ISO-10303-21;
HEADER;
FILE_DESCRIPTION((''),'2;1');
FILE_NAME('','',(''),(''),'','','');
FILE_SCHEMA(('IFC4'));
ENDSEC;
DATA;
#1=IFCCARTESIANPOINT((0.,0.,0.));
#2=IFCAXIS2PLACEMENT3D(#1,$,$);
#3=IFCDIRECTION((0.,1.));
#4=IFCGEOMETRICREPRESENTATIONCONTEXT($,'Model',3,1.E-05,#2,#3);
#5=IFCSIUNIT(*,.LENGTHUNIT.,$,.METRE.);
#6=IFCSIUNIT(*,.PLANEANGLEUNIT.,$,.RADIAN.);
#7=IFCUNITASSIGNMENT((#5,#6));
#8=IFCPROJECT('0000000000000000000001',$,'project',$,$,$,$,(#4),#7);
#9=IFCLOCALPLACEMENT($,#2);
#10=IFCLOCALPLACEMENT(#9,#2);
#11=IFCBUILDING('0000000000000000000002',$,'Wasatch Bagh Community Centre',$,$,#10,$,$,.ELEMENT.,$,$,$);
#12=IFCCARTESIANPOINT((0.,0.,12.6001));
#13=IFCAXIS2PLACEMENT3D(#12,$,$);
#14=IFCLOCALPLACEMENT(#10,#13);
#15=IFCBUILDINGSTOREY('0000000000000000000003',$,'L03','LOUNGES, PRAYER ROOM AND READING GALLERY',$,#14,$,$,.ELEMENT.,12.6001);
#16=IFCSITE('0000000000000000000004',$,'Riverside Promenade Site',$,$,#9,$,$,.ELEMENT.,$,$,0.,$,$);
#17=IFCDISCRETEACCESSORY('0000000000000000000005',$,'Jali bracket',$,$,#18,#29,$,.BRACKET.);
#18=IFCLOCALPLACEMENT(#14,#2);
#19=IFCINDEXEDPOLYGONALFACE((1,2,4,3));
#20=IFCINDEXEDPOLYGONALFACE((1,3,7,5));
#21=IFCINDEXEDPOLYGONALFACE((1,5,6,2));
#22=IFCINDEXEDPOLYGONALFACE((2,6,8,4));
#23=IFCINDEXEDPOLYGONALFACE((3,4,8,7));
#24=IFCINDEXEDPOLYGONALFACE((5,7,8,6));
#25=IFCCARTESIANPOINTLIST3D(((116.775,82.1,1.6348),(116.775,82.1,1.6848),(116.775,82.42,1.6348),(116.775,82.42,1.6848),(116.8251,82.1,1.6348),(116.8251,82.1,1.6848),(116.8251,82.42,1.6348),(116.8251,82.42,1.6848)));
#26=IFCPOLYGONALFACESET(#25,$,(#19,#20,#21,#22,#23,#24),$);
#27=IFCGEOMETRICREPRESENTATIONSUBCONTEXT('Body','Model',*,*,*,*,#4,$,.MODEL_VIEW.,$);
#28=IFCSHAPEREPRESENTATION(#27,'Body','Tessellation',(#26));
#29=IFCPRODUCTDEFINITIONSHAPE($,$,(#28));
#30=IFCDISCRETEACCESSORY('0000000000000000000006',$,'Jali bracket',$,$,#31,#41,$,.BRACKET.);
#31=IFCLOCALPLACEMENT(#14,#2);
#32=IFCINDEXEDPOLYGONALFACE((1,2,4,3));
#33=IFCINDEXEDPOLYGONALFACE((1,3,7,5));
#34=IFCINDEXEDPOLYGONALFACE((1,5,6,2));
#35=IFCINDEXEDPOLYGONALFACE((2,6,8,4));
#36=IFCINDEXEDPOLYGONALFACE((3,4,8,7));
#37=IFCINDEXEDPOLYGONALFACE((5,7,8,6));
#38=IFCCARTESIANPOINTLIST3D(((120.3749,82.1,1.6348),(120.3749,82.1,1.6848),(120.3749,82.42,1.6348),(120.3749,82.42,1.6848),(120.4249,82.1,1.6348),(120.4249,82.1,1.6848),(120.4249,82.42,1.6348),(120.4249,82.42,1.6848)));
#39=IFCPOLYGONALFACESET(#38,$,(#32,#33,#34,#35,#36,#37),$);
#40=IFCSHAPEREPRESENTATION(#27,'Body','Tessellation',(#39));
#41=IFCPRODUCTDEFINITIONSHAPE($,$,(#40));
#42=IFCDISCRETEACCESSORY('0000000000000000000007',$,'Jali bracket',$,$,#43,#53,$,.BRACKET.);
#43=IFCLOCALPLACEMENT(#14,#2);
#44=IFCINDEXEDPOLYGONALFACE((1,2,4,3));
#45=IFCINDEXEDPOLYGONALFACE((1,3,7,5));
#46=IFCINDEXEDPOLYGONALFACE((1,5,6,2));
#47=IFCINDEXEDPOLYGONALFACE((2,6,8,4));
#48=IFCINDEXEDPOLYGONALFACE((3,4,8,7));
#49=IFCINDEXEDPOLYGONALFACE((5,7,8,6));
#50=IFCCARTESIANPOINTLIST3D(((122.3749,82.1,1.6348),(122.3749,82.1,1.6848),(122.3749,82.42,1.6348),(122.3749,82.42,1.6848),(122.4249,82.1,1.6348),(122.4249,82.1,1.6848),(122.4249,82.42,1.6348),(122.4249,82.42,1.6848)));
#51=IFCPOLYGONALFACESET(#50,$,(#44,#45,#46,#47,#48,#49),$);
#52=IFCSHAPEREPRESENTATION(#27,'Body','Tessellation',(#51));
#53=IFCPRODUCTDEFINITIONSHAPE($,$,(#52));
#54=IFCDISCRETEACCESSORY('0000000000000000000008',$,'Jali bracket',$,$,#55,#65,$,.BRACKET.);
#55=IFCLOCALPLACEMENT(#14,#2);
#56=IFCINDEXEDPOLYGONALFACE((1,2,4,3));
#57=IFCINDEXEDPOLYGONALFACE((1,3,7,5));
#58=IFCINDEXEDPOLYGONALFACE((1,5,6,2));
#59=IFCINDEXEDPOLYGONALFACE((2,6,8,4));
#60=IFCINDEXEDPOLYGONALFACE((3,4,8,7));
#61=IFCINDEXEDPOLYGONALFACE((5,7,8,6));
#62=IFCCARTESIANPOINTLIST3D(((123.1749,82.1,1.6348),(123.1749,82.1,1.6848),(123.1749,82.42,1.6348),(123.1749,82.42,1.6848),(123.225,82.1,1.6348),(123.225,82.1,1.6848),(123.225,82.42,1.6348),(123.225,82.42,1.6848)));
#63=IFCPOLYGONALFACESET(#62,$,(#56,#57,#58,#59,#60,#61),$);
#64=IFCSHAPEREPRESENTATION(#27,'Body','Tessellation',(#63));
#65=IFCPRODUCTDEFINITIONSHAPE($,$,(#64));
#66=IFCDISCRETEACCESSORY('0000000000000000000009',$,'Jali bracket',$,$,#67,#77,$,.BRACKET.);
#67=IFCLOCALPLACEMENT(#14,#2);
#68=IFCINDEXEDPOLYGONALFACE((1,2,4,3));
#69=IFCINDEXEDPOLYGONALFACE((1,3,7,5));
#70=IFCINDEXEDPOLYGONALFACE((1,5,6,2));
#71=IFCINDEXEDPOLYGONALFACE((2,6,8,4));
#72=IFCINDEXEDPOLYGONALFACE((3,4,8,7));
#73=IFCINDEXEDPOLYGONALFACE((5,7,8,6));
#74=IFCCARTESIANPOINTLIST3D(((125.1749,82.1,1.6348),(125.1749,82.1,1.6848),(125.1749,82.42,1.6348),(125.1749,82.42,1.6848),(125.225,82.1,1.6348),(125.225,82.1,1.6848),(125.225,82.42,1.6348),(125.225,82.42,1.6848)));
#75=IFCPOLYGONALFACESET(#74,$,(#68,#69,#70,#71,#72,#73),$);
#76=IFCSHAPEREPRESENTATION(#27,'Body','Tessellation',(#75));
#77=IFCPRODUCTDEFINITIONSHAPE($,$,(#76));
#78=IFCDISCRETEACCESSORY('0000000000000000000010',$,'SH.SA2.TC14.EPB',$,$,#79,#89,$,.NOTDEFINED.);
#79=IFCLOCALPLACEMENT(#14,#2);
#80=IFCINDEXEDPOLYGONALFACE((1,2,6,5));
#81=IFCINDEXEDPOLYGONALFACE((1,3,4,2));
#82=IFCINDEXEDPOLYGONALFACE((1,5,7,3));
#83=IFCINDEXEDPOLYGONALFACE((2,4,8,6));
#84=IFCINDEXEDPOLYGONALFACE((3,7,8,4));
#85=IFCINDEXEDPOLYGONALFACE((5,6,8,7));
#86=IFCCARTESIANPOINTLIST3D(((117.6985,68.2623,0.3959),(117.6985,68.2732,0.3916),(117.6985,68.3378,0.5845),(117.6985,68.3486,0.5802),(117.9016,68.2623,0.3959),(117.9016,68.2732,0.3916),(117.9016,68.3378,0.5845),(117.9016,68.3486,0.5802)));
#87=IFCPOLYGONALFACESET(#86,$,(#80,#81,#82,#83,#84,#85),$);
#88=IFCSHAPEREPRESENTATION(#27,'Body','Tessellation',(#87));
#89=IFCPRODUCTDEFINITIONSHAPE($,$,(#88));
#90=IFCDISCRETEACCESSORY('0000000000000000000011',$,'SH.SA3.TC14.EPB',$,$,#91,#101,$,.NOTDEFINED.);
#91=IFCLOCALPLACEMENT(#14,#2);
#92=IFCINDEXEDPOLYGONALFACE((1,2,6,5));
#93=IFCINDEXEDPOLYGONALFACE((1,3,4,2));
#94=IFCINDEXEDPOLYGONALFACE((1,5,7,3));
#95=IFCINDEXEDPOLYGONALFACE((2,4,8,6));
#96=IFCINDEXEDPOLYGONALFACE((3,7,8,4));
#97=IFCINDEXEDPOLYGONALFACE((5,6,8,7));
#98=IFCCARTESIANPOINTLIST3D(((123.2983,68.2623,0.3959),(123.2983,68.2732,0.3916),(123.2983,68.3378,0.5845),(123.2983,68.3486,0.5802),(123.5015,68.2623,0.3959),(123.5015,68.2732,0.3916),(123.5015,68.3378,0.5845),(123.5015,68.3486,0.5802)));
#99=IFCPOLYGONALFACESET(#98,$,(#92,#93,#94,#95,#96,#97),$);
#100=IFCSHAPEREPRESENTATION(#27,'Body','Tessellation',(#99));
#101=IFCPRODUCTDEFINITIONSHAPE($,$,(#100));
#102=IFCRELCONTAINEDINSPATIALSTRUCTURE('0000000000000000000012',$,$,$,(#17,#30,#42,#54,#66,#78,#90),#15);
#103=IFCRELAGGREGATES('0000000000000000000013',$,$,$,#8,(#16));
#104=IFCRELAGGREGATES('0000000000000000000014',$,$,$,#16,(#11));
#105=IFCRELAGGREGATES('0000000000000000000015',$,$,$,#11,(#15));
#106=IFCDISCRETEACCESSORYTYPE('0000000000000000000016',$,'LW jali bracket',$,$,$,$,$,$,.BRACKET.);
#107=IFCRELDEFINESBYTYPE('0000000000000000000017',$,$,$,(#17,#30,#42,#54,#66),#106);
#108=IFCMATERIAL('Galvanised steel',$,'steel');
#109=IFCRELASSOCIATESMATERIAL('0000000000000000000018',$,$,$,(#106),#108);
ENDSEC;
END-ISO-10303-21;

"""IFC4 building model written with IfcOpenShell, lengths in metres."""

from ifc_helpers import new_model, si_unit, direction, frame, origin, origin_2d, place, context, subcontext, project, spatial, rectangle, extrude, material, type_object, element, save


model = new_model("IFC4")

# Units and contexts
model_context = context("Model", 3, precision=1e-05, world=origin(), true_north=direction((0.0, 1.0)))
body_context = subcontext(model_context, "Body", "Model", "MODEL_VIEW")
ifc_project = project(units=[si_unit("LENGTHUNIT", "METRE"), si_unit("PLANEANGLEUNIT", "RADIAN")], contexts=[model_context])

# Site, building, storey
site_placement = place(None, origin())
site = spatial("IfcSite", under=ifc_project, at=site_placement, Name="Riverside Promenade Site", CompositionType="ELEMENT", RefElevation=0.0)
building_placement = place(site_placement, origin())
building = spatial("IfcBuilding", under=site, at=building_placement, Name="Wasatch Bagh Community Centre", CompositionType="ELEMENT")
storey_placement = place(building_placement, frame((0.0, 0.0, 12.6001)))
storey = spatial("IfcBuildingStorey", under=building, at=storey_placement, Name="L03", Description="LOUNGES, PRAYER ROOM AND READING GALLERY", CompositionType="ELEMENT", Elevation=12.6001)

# Discrete accessories
ifc_material_1 = material(Name="Galvanised steel", Category="steel")
discrete_accessory_type = type_object("IfcDiscreteAccessoryType", Name="LW jali bracket", PredefinedType="BRACKET", material=ifc_material_1)
for number, where, z_axis, x_axis, name in (
    (1, (116.8, 82.26, 1.6348), (0.0, 0.0, 1.0), (1.0, 0.0, 0.0), "Jali bracket"),
    (2, (120.3999, 82.26, 1.6348), (0.0, 0.0, 1.0), (1.0, 0.0, 0.0), "Jali bracket"),
    (3, (122.3999, 82.26, 1.6348), (0.0, 0.0, 1.0), (1.0, 0.0, 0.0), "Jali bracket"),
    (4, (123.2, 82.26, 1.6348), (0.0, 0.0, 1.0), (1.0, 0.0, 0.0), "Jali bracket"),
    (5, (125.2, 82.26, 1.6348), (0.0, 0.0, 1.0), (1.0, 0.0, 0.0), "Jali bracket"),
):
    element("IfcDiscreteAccessory", number, at=place(storey_placement, frame(where, z_axis=z_axis, x_axis=x_axis)), inside=storey, type_object=discrete_accessory_type, Name=name, PredefinedType="BRACKET", context=body_context, shape_type="SweptSolid", body=[
        extrude(rectangle(XDim=0.05, YDim=0.3201, at=origin_2d()), origin(), (0.0, 0.0, 1.0), 0.05),
    ])
for number, where, z_axis, x_axis, name in (
    (6, (117.8, 68.3, 0.4902), (0.0, 0.928477, -0.371391), (-1.0, 0.0, 0.0), "SH.SA2.TC14.EPB"),
    (7, (123.3999, 68.3, 0.4902), (0.0, 0.928477, -0.371391), (-1.0, 0.0, 0.0), "SH.SA3.TC14.EPB"),
):
    element("IfcDiscreteAccessory", number, at=place(storey_placement, frame(where, z_axis=z_axis, x_axis=x_axis)), inside=storey, Name=name, PredefinedType="NOTDEFINED", context=body_context, shape_type="SweptSolid", body=[
        extrude(rectangle(XDim=0.2031, YDim=0.2031, at=origin_2d()), origin(), (0.0, 0.0, 1.0), 0.0117),
    ])

save(model, "model.ifc")
